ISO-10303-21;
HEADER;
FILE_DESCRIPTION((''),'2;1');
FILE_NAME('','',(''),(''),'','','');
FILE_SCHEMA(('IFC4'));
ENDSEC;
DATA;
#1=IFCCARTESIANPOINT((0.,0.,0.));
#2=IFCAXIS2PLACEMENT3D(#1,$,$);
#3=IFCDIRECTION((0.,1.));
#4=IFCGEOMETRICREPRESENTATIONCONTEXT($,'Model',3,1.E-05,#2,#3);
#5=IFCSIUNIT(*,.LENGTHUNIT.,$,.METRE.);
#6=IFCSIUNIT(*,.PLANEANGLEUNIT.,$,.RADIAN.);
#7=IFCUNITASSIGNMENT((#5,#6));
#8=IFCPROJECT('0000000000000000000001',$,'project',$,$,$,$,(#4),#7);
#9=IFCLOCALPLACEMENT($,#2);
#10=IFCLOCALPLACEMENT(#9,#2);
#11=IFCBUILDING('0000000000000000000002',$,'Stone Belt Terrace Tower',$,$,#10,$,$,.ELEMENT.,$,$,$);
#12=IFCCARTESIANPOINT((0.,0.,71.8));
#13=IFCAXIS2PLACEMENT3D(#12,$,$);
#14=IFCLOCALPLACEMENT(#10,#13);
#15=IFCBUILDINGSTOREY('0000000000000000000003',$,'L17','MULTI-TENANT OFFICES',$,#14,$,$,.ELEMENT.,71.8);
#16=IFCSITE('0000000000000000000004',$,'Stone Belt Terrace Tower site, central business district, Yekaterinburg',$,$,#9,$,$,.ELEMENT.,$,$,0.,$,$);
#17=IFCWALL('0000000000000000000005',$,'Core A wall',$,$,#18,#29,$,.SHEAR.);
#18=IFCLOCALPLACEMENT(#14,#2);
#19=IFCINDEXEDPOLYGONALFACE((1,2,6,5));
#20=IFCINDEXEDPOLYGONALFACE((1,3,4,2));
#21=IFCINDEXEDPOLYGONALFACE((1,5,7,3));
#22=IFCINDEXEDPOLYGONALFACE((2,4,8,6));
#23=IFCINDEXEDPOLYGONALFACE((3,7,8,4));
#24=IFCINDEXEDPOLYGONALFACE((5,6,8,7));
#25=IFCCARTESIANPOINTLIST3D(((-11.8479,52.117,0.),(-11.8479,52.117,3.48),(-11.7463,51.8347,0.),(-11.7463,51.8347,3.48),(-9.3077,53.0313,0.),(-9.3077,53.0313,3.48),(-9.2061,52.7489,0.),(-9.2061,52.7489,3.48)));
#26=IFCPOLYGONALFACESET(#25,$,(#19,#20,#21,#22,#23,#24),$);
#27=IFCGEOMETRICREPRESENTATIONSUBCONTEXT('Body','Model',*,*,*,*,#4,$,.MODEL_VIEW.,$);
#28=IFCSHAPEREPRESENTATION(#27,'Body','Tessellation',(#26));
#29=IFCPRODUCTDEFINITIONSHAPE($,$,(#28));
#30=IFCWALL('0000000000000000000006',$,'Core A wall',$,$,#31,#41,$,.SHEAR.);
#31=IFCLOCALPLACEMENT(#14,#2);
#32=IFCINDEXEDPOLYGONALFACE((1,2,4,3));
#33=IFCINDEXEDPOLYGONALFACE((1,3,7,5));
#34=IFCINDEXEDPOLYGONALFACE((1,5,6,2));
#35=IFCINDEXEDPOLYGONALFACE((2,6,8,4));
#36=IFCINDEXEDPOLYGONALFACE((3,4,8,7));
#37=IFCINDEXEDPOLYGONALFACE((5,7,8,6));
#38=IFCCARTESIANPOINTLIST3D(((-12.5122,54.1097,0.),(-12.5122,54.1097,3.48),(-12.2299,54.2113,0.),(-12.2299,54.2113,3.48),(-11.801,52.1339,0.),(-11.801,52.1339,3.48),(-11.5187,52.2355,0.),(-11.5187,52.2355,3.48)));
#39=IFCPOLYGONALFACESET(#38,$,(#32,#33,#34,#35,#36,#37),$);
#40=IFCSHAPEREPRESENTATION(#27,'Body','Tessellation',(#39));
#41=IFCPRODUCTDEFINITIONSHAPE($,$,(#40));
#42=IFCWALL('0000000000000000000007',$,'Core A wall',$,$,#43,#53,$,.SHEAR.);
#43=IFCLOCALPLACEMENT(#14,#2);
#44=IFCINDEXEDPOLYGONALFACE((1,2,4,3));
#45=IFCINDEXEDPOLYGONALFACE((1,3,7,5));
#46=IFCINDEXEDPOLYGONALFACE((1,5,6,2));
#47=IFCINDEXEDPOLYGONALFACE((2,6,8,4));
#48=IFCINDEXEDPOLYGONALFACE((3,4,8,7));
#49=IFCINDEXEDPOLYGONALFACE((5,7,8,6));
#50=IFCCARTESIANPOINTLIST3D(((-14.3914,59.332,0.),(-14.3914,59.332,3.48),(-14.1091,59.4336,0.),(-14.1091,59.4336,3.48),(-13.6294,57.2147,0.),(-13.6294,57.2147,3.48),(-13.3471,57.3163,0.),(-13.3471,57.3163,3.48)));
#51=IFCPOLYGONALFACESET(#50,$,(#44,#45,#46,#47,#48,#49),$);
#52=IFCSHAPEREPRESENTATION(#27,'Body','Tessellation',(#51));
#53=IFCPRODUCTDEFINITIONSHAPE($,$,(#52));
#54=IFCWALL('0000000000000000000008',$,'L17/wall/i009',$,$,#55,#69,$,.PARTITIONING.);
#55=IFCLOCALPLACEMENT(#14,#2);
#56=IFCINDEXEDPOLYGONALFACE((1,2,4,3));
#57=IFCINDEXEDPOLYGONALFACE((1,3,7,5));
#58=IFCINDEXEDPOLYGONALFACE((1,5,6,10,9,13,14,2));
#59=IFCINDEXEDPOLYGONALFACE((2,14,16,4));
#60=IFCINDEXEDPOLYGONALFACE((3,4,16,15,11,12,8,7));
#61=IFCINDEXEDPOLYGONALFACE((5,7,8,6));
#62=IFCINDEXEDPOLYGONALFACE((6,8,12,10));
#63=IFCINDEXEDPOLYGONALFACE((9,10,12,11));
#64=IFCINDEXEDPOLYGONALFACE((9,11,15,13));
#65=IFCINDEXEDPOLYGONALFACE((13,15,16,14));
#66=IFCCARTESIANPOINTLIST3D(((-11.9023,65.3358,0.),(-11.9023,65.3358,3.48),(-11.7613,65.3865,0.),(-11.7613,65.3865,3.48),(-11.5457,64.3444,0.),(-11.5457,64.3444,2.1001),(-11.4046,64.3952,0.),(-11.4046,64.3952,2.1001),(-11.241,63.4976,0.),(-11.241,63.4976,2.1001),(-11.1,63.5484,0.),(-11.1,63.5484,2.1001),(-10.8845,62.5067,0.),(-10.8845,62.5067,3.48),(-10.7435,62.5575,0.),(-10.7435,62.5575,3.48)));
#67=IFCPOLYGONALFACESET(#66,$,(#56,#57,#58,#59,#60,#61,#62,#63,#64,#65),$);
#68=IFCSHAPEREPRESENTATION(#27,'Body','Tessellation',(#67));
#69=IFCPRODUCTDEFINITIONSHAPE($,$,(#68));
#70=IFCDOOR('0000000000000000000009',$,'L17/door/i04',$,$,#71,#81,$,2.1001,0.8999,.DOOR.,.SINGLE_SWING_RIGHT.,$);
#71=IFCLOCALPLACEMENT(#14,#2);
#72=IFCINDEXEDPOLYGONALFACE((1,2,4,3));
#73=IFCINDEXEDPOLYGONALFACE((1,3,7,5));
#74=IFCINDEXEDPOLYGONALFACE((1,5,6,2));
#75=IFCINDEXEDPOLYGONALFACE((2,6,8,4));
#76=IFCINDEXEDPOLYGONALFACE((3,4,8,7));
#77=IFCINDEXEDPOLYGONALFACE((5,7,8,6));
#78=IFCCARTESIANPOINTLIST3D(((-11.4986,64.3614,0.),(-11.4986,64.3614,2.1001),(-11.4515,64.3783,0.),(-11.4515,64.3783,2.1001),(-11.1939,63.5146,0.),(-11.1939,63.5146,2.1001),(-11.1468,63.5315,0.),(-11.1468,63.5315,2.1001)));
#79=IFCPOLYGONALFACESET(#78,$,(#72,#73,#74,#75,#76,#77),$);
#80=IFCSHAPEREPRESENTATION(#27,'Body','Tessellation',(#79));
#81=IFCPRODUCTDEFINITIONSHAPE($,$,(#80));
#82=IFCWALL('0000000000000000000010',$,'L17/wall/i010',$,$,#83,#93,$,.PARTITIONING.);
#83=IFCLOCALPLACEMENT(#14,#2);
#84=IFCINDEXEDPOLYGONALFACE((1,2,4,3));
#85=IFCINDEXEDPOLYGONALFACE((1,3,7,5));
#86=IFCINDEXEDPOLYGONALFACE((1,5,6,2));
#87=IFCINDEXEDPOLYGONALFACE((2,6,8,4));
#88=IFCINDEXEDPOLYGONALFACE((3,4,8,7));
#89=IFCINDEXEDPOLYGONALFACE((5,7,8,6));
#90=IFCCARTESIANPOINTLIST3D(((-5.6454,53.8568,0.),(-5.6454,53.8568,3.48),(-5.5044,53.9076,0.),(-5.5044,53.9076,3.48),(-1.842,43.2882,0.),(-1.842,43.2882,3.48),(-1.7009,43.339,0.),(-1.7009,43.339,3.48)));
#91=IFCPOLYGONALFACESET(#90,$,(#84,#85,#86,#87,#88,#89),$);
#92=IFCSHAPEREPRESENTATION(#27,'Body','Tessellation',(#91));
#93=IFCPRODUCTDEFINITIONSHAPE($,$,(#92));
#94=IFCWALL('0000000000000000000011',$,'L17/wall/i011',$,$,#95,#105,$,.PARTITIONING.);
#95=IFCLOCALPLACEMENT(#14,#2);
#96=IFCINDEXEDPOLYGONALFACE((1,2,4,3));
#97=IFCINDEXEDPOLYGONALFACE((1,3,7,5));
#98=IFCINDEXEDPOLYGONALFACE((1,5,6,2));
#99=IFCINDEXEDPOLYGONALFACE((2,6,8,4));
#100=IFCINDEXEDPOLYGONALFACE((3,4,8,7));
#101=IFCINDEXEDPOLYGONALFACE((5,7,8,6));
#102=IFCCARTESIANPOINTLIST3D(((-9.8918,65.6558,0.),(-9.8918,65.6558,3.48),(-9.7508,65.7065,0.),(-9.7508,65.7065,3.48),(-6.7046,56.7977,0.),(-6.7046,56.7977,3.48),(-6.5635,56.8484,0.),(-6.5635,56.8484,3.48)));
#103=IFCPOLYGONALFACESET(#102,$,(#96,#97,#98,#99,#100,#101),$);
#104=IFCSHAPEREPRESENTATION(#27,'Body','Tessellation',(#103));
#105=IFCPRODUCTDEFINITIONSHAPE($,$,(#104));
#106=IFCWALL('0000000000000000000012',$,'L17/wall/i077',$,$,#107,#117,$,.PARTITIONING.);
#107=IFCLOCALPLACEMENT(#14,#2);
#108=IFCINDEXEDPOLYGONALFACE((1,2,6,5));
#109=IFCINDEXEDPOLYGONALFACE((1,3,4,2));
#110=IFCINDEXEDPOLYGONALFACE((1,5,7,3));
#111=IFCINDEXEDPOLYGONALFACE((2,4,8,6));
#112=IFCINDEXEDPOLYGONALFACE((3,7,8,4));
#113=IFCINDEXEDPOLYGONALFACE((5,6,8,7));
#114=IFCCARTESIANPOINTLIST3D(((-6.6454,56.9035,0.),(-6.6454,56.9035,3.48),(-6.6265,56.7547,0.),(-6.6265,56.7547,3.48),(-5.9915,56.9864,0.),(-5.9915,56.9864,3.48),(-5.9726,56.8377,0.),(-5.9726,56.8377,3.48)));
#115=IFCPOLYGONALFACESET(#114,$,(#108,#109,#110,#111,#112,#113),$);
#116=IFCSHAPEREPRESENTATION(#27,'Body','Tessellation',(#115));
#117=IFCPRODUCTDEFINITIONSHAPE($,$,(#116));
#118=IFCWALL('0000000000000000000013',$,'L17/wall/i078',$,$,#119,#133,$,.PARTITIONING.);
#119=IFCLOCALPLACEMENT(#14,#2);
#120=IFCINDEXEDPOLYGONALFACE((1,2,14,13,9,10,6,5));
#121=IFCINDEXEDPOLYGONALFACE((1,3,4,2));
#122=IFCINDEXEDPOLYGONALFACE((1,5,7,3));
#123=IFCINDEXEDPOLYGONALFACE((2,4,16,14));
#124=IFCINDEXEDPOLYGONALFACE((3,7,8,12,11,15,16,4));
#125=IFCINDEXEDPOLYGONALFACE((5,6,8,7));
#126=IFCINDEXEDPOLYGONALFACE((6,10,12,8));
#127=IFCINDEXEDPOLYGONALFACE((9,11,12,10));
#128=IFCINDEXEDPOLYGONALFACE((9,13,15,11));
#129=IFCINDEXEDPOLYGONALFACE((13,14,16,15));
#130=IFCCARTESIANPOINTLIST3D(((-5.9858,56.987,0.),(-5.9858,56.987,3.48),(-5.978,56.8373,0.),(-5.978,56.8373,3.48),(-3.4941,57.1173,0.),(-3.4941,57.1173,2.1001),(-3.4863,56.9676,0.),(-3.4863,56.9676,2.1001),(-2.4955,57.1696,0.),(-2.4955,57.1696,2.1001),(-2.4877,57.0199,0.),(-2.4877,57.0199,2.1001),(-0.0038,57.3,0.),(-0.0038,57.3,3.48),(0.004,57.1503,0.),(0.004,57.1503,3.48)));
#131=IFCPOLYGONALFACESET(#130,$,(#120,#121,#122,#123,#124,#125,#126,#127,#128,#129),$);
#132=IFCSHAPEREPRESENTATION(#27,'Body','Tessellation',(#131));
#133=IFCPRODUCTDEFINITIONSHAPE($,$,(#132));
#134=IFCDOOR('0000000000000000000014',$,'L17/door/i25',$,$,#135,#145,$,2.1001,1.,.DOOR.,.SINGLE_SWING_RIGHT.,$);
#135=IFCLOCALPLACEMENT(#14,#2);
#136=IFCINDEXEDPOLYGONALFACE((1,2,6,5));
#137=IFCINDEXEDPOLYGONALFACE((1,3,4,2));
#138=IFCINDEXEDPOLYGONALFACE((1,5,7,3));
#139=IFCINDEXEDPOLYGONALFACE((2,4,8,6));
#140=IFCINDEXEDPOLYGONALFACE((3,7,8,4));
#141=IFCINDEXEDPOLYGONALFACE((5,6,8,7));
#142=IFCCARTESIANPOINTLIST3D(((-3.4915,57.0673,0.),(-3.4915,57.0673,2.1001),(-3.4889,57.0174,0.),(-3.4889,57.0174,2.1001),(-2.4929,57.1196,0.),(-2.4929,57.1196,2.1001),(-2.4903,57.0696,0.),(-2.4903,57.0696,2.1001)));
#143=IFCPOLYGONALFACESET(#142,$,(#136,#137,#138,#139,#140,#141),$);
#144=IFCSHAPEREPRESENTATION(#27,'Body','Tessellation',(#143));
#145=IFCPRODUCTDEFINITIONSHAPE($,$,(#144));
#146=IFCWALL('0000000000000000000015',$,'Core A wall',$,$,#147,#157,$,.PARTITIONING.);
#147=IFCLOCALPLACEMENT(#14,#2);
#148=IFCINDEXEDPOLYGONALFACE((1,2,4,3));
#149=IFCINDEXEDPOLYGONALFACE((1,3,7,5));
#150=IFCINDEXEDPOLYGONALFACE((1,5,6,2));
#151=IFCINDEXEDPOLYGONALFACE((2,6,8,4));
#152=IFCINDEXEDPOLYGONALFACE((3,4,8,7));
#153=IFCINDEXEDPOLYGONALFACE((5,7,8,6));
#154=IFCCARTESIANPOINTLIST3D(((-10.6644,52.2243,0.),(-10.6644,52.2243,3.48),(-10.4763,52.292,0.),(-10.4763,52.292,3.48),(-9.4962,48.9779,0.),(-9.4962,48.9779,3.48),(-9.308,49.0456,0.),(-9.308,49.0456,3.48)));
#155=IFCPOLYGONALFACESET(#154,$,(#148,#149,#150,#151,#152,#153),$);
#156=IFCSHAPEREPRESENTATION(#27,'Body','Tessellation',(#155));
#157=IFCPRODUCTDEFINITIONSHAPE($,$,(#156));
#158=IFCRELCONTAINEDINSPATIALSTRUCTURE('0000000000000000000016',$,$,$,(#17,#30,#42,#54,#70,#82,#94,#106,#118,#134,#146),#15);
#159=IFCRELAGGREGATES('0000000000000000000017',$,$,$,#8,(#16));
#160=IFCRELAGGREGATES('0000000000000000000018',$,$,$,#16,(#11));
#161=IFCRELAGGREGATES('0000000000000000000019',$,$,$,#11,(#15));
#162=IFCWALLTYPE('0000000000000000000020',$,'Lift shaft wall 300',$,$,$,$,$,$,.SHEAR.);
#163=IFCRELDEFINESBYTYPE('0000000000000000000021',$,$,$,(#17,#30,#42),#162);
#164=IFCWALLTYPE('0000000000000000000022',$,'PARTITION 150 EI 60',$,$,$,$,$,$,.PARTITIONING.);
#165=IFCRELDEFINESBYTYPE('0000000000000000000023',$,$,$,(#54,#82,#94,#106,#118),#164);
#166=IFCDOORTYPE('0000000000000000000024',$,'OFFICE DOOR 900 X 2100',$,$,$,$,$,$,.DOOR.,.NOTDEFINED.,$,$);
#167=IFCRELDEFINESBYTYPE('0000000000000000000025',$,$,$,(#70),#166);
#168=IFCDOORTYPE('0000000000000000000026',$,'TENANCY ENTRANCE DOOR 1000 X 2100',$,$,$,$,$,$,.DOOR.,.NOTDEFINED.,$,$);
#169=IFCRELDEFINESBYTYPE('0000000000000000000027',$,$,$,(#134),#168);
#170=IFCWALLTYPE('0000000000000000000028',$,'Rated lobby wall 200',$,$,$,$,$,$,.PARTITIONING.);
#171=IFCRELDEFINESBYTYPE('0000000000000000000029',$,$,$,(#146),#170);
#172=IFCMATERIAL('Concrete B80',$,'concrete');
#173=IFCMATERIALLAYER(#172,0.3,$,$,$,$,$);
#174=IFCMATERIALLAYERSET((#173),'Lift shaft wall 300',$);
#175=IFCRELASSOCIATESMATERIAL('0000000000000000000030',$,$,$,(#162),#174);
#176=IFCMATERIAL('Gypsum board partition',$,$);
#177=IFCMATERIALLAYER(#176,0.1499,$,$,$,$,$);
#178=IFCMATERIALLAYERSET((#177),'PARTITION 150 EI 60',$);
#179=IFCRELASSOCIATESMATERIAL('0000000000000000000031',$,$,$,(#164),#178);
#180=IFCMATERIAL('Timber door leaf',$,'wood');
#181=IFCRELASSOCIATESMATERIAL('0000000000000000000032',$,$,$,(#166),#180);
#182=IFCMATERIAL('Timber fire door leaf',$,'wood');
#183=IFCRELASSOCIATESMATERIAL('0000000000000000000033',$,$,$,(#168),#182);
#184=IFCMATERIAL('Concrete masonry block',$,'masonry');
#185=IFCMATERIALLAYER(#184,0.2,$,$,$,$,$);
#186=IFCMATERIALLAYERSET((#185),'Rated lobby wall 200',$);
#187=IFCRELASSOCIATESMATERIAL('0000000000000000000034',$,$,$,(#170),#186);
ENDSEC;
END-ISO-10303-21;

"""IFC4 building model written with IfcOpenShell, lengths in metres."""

from ifc_helpers import new_model, si_unit, direction, frame, frame_2d, origin, place, context, subcontext, project, spatial, rectangle, extrude, material, layer, layer_set, type_object, element, fill, save


model = new_model("IFC4")

# Units and contexts
model_context = context("Model", 3, precision=1e-05, world=origin(), true_north=direction((0.0, 1.0)))
body_context = subcontext(model_context, "Body", "Model", "MODEL_VIEW")
ifc_project = project(units=[si_unit("LENGTHUNIT", "METRE"), si_unit("PLANEANGLEUNIT", "RADIAN")], contexts=[model_context])

# Site, building, storey
site_placement = place(None, origin())
site = spatial("IfcSite", under=ifc_project, at=site_placement, Name="Stone Belt Terrace Tower site, central business district, Yekaterinburg", CompositionType="ELEMENT", RefElevation=0.0)
building_placement = place(site_placement, origin())
building = spatial("IfcBuilding", under=site, at=building_placement, Name="Stone Belt Terrace Tower", CompositionType="ELEMENT")
storey_placement = place(building_placement, frame((0.0, 0.0, 71.8)))
storey = spatial("IfcBuildingStorey", under=building, at=storey_placement, Name="L17", Description="MULTI-TENANT OFFICES", CompositionType="ELEMENT", Elevation=71.8)

# Shared definitions
ifc_material_1 = material(Name="Concrete B80", Category="concrete")

# Shared definitions
ifc_material_2 = material(Name="Timber door leaf", Category="wood")

# Walls
ifc_layer_1 = layer(ifc_material_1, 0.3)
ifc_layer_set_1 = layer_set([ifc_layer_1], Name="Lift shaft wall 300")
wall_type_1 = type_object("IfcWallType", Name="Lift shaft wall 300", PredefinedType="SHEAR", material=ifc_layer_set_1)
wall_1_placement = place(storey_placement, frame((-11.7971, 51.9758, 0.0), z_axis=(0.0, 0.0, 1.0), x_axis=(0.94091, 0.338655, 0.0)))
element("IfcWall", 1, at=wall_1_placement, inside=storey, type_object=wall_type_1, Name="Core A wall", PredefinedType="SHEAR", context=body_context, shape_type="SweptSolid", body=[
    extrude(rectangle(XDim=2.6997, YDim=0.3, at=frame_2d((1.3499, 0.0))), origin(), (0.0, 0.0, 1.0), 3.48),
])
wall_2_placement = place(storey_placement, frame((-11.6599, 52.1848, 0.0), z_axis=(0.0, 0.0, 1.0), x_axis=(-0.33867, 0.940905, 0.0)))
element("IfcWall", 2, at=wall_2_placement, inside=storey, type_object=wall_type_1, Name="Core A wall", PredefinedType="SHEAR", context=body_context, shape_type="SweptSolid", body=[
    extrude(rectangle(XDim=2.0999, YDim=0.3, at=frame_2d((1.0498, 0.0))), origin(), (0.0, 0.0, 1.0), 3.48),
])
wall_3_placement = place(storey_placement, frame((-13.4883, 57.2656, 0.0), z_axis=(0.0, 0.0, 1.0), x_axis=(-0.338631, 0.940919, 0.0)))
element("IfcWall", 3, at=wall_3_placement, inside=storey, type_object=wall_type_1, Name="Core A wall", PredefinedType="SHEAR", context=body_context, shape_type="SweptSolid", body=[
    extrude(rectangle(XDim=2.2502, YDim=0.3, at=frame_2d((1.125, 0.0))), origin(), (0.0, 0.0, 1.0), 3.48),
])

# Wall, opening, door
ifc_material_3 = material(Name="Gypsum board partition")
ifc_layer_2 = layer(ifc_material_3, 0.1499)
ifc_layer_set_2 = layer_set([ifc_layer_2], Name="PARTITION 150 EI 60")
wall_type_2 = type_object("IfcWallType", Name="PARTITION 150 EI 60", PredefinedType="PARTITIONING", material=ifc_layer_set_2)
wall_4_placement = place(storey_placement, frame((-10.814, 62.532, 0.0), z_axis=(0.0, 0.0, 1.0), x_axis=(-0.338527, 0.940957, 0.0)))
wall_4 = element("IfcWall", 4, at=wall_4_placement, inside=storey, type_object=wall_type_2, Name="L17/wall/i009", PredefinedType="PARTITIONING", context=body_context, shape_type="SweptSolid", body=[
    extrude(rectangle(XDim=3.0066, YDim=0.1499, at=frame_2d((1.5034, 0.0))), origin(), (0.0, 0.0, 1.0), 3.48),
])
opening_1_placement = place(wall_4_placement, frame((1.0532, 0.0, 0.0)))
opening_1 = element("IfcOpeningElement", 5, at=opening_1_placement, cuts=wall_4, PredefinedType="OPENING", context=body_context, shape_type="SweptSolid", body=[
    extrude(rectangle(XDim=0.8999, YDim=2.1001, at=frame_2d((0.45, 1.05))), frame((0.0, 0.085, 0.0), z_axis=(0.0, -1.0, 0.0), x_axis=(1.0, 0.0, 0.0)), (0.0, 0.0, 1.0), 0.1699),
])
door_type_1 = type_object("IfcDoorType", Name="OFFICE DOOR 900 X 2100", OperationType="NOTDEFINED", PredefinedType="DOOR", material=ifc_material_2)
door_1_placement = place(opening_1_placement, origin())
door_1 = element("IfcDoor", 6, at=door_1_placement, inside=storey, type_object=door_type_1, Name="L17/door/i04", OperationType="SINGLE_SWING_RIGHT", OverallHeight=2.1001, OverallWidth=0.8999, PredefinedType="DOOR", context=body_context, shape_type="SweptSolid", body=[
    extrude(rectangle(XDim=0.8999, YDim=2.1001, at=frame_2d((0.45, 1.05))), frame((0.0, 0.0249, 0.0), z_axis=(0.0, -1.0, 0.0), x_axis=(1.0, 0.0, 0.0)), (0.0, 0.0, 1.0), 0.05),
])
fill(opening_1, door_1)

# Walls
wall_5_placement = place(storey_placement, frame((-5.575, 53.8823, 0.0), z_axis=(0.0, 0.0, 1.0), x_axis=(0.338622, -0.940922, 0.0)))
element("IfcWall", 7, at=wall_5_placement, inside=storey, type_object=wall_type_2, Name="L17/wall/i010", PredefinedType="PARTITIONING", context=body_context, shape_type="SweptSolid", body=[
    extrude(rectangle(XDim=11.2322, YDim=0.1499, at=frame_2d((5.6162, 0.0))), origin(), (0.0, 0.0, 1.0), 3.48),
])
wall_6_placement = place(storey_placement, frame((-9.8213, 65.6812, 0.0), z_axis=(0.0, 0.0, 1.0), x_axis=(0.338562, -0.940944, 0.0)))
element("IfcWall", 8, at=wall_6_placement, inside=storey, type_object=wall_type_2, Name="L17/wall/i011", PredefinedType="PARTITIONING", context=body_context, shape_type="SweptSolid", body=[
    extrude(rectangle(XDim=9.4141, YDim=0.1499, at=frame_2d((4.707, 0.0))), origin(), (0.0, 0.0, 1.0), 3.48),
])
wall_7_placement = place(storey_placement, frame((-6.636, 56.8291, 0.0), z_axis=(0.0, 0.0, 1.0), x_axis=(0.992043, 0.125903, 0.0)))
element("IfcWall", 9, at=wall_7_placement, inside=storey, type_object=wall_type_2, Name="L17/wall/i077", PredefinedType="PARTITIONING", context=body_context, shape_type="SweptSolid", body=[
    extrude(rectangle(XDim=0.6592, YDim=0.1499, at=frame_2d((0.3296, 0.0))), origin(), (0.0, 0.0, 1.0), 3.48),
])

# Wall, opening, door
wall_8_placement = place(storey_placement, frame((-5.9819, 56.9121, 0.0), z_axis=(0.0, 0.0, 1.0), x_axis=(0.998634, 0.052251, 0.0)))
wall_8 = element("IfcWall", 10, at=wall_8_placement, inside=storey, type_object=wall_type_2, Name="L17/wall/i078", PredefinedType="PARTITIONING", context=body_context, shape_type="SweptSolid", body=[
    extrude(rectangle(XDim=5.9902, YDim=0.1499, at=frame_2d((2.9951, 0.0))), origin(), (0.0, 0.0, 1.0), 3.48),
])
opening_2_placement = place(wall_8_placement, frame((2.4951, 0.0, 0.0)))
opening_2 = element("IfcOpeningElement", 11, at=opening_2_placement, cuts=wall_8, PredefinedType="OPENING", context=body_context, shape_type="SweptSolid", body=[
    extrude(rectangle(XDim=1.0, YDim=2.1001, at=frame_2d((0.5, 1.05))), frame((0.0, 0.085, 0.0), z_axis=(0.0, -1.0, 0.0), x_axis=(1.0, 0.0, 0.0)), (0.0, 0.0, 1.0), 0.1699),
])
ifc_material_4 = material(Name="Timber fire door leaf", Category="wood")
door_type_2 = type_object("IfcDoorType", Name="TENANCY ENTRANCE DOOR 1000 X 2100", OperationType="NOTDEFINED", PredefinedType="DOOR", material=ifc_material_4)
door_2_placement = place(opening_2_placement, origin())
door_2 = element("IfcDoor", 12, at=door_2_placement, inside=storey, type_object=door_type_2, Name="L17/door/i25", OperationType="SINGLE_SWING_RIGHT", OverallHeight=2.1001, OverallWidth=1.0, PredefinedType="DOOR", context=body_context, shape_type="SweptSolid", body=[
    extrude(rectangle(XDim=1.0, YDim=2.1001, at=frame_2d((0.5, 1.05))), frame((0.0, 0.0249, 0.0), z_axis=(0.0, -1.0, 0.0), x_axis=(1.0, 0.0, 0.0)), (0.0, 0.0, 1.0), 0.05),
])
fill(opening_2, door_2)

# Wall
ifc_material_5 = material(Name="Concrete masonry block", Category="masonry")
ifc_layer_3 = layer(ifc_material_5, 0.2)
ifc_layer_set_3 = layer_set([ifc_layer_3], Name="Rated lobby wall 200")
wall_type_3 = type_object("IfcWallType", Name="Rated lobby wall 200", PredefinedType="PARTITIONING", material=ifc_layer_set_3)
wall_9_placement = place(storey_placement, frame((-9.4021, 49.0117, 0.0), z_axis=(0.0, 0.0, 1.0), x_axis=(-0.338599, 0.940931, 0.0)))
element("IfcWall", 13, at=wall_9_placement, inside=storey, type_object=wall_type_3, Name="Core A wall", PredefinedType="PARTITIONING", context=body_context, shape_type="SweptSolid", body=[
    extrude(rectangle(XDim=3.4502, YDim=0.2, at=frame_2d((1.7251, 0.0))), origin(), (0.0, 0.0, 1.0), 3.48),
])

save(model, "model.ifc")
